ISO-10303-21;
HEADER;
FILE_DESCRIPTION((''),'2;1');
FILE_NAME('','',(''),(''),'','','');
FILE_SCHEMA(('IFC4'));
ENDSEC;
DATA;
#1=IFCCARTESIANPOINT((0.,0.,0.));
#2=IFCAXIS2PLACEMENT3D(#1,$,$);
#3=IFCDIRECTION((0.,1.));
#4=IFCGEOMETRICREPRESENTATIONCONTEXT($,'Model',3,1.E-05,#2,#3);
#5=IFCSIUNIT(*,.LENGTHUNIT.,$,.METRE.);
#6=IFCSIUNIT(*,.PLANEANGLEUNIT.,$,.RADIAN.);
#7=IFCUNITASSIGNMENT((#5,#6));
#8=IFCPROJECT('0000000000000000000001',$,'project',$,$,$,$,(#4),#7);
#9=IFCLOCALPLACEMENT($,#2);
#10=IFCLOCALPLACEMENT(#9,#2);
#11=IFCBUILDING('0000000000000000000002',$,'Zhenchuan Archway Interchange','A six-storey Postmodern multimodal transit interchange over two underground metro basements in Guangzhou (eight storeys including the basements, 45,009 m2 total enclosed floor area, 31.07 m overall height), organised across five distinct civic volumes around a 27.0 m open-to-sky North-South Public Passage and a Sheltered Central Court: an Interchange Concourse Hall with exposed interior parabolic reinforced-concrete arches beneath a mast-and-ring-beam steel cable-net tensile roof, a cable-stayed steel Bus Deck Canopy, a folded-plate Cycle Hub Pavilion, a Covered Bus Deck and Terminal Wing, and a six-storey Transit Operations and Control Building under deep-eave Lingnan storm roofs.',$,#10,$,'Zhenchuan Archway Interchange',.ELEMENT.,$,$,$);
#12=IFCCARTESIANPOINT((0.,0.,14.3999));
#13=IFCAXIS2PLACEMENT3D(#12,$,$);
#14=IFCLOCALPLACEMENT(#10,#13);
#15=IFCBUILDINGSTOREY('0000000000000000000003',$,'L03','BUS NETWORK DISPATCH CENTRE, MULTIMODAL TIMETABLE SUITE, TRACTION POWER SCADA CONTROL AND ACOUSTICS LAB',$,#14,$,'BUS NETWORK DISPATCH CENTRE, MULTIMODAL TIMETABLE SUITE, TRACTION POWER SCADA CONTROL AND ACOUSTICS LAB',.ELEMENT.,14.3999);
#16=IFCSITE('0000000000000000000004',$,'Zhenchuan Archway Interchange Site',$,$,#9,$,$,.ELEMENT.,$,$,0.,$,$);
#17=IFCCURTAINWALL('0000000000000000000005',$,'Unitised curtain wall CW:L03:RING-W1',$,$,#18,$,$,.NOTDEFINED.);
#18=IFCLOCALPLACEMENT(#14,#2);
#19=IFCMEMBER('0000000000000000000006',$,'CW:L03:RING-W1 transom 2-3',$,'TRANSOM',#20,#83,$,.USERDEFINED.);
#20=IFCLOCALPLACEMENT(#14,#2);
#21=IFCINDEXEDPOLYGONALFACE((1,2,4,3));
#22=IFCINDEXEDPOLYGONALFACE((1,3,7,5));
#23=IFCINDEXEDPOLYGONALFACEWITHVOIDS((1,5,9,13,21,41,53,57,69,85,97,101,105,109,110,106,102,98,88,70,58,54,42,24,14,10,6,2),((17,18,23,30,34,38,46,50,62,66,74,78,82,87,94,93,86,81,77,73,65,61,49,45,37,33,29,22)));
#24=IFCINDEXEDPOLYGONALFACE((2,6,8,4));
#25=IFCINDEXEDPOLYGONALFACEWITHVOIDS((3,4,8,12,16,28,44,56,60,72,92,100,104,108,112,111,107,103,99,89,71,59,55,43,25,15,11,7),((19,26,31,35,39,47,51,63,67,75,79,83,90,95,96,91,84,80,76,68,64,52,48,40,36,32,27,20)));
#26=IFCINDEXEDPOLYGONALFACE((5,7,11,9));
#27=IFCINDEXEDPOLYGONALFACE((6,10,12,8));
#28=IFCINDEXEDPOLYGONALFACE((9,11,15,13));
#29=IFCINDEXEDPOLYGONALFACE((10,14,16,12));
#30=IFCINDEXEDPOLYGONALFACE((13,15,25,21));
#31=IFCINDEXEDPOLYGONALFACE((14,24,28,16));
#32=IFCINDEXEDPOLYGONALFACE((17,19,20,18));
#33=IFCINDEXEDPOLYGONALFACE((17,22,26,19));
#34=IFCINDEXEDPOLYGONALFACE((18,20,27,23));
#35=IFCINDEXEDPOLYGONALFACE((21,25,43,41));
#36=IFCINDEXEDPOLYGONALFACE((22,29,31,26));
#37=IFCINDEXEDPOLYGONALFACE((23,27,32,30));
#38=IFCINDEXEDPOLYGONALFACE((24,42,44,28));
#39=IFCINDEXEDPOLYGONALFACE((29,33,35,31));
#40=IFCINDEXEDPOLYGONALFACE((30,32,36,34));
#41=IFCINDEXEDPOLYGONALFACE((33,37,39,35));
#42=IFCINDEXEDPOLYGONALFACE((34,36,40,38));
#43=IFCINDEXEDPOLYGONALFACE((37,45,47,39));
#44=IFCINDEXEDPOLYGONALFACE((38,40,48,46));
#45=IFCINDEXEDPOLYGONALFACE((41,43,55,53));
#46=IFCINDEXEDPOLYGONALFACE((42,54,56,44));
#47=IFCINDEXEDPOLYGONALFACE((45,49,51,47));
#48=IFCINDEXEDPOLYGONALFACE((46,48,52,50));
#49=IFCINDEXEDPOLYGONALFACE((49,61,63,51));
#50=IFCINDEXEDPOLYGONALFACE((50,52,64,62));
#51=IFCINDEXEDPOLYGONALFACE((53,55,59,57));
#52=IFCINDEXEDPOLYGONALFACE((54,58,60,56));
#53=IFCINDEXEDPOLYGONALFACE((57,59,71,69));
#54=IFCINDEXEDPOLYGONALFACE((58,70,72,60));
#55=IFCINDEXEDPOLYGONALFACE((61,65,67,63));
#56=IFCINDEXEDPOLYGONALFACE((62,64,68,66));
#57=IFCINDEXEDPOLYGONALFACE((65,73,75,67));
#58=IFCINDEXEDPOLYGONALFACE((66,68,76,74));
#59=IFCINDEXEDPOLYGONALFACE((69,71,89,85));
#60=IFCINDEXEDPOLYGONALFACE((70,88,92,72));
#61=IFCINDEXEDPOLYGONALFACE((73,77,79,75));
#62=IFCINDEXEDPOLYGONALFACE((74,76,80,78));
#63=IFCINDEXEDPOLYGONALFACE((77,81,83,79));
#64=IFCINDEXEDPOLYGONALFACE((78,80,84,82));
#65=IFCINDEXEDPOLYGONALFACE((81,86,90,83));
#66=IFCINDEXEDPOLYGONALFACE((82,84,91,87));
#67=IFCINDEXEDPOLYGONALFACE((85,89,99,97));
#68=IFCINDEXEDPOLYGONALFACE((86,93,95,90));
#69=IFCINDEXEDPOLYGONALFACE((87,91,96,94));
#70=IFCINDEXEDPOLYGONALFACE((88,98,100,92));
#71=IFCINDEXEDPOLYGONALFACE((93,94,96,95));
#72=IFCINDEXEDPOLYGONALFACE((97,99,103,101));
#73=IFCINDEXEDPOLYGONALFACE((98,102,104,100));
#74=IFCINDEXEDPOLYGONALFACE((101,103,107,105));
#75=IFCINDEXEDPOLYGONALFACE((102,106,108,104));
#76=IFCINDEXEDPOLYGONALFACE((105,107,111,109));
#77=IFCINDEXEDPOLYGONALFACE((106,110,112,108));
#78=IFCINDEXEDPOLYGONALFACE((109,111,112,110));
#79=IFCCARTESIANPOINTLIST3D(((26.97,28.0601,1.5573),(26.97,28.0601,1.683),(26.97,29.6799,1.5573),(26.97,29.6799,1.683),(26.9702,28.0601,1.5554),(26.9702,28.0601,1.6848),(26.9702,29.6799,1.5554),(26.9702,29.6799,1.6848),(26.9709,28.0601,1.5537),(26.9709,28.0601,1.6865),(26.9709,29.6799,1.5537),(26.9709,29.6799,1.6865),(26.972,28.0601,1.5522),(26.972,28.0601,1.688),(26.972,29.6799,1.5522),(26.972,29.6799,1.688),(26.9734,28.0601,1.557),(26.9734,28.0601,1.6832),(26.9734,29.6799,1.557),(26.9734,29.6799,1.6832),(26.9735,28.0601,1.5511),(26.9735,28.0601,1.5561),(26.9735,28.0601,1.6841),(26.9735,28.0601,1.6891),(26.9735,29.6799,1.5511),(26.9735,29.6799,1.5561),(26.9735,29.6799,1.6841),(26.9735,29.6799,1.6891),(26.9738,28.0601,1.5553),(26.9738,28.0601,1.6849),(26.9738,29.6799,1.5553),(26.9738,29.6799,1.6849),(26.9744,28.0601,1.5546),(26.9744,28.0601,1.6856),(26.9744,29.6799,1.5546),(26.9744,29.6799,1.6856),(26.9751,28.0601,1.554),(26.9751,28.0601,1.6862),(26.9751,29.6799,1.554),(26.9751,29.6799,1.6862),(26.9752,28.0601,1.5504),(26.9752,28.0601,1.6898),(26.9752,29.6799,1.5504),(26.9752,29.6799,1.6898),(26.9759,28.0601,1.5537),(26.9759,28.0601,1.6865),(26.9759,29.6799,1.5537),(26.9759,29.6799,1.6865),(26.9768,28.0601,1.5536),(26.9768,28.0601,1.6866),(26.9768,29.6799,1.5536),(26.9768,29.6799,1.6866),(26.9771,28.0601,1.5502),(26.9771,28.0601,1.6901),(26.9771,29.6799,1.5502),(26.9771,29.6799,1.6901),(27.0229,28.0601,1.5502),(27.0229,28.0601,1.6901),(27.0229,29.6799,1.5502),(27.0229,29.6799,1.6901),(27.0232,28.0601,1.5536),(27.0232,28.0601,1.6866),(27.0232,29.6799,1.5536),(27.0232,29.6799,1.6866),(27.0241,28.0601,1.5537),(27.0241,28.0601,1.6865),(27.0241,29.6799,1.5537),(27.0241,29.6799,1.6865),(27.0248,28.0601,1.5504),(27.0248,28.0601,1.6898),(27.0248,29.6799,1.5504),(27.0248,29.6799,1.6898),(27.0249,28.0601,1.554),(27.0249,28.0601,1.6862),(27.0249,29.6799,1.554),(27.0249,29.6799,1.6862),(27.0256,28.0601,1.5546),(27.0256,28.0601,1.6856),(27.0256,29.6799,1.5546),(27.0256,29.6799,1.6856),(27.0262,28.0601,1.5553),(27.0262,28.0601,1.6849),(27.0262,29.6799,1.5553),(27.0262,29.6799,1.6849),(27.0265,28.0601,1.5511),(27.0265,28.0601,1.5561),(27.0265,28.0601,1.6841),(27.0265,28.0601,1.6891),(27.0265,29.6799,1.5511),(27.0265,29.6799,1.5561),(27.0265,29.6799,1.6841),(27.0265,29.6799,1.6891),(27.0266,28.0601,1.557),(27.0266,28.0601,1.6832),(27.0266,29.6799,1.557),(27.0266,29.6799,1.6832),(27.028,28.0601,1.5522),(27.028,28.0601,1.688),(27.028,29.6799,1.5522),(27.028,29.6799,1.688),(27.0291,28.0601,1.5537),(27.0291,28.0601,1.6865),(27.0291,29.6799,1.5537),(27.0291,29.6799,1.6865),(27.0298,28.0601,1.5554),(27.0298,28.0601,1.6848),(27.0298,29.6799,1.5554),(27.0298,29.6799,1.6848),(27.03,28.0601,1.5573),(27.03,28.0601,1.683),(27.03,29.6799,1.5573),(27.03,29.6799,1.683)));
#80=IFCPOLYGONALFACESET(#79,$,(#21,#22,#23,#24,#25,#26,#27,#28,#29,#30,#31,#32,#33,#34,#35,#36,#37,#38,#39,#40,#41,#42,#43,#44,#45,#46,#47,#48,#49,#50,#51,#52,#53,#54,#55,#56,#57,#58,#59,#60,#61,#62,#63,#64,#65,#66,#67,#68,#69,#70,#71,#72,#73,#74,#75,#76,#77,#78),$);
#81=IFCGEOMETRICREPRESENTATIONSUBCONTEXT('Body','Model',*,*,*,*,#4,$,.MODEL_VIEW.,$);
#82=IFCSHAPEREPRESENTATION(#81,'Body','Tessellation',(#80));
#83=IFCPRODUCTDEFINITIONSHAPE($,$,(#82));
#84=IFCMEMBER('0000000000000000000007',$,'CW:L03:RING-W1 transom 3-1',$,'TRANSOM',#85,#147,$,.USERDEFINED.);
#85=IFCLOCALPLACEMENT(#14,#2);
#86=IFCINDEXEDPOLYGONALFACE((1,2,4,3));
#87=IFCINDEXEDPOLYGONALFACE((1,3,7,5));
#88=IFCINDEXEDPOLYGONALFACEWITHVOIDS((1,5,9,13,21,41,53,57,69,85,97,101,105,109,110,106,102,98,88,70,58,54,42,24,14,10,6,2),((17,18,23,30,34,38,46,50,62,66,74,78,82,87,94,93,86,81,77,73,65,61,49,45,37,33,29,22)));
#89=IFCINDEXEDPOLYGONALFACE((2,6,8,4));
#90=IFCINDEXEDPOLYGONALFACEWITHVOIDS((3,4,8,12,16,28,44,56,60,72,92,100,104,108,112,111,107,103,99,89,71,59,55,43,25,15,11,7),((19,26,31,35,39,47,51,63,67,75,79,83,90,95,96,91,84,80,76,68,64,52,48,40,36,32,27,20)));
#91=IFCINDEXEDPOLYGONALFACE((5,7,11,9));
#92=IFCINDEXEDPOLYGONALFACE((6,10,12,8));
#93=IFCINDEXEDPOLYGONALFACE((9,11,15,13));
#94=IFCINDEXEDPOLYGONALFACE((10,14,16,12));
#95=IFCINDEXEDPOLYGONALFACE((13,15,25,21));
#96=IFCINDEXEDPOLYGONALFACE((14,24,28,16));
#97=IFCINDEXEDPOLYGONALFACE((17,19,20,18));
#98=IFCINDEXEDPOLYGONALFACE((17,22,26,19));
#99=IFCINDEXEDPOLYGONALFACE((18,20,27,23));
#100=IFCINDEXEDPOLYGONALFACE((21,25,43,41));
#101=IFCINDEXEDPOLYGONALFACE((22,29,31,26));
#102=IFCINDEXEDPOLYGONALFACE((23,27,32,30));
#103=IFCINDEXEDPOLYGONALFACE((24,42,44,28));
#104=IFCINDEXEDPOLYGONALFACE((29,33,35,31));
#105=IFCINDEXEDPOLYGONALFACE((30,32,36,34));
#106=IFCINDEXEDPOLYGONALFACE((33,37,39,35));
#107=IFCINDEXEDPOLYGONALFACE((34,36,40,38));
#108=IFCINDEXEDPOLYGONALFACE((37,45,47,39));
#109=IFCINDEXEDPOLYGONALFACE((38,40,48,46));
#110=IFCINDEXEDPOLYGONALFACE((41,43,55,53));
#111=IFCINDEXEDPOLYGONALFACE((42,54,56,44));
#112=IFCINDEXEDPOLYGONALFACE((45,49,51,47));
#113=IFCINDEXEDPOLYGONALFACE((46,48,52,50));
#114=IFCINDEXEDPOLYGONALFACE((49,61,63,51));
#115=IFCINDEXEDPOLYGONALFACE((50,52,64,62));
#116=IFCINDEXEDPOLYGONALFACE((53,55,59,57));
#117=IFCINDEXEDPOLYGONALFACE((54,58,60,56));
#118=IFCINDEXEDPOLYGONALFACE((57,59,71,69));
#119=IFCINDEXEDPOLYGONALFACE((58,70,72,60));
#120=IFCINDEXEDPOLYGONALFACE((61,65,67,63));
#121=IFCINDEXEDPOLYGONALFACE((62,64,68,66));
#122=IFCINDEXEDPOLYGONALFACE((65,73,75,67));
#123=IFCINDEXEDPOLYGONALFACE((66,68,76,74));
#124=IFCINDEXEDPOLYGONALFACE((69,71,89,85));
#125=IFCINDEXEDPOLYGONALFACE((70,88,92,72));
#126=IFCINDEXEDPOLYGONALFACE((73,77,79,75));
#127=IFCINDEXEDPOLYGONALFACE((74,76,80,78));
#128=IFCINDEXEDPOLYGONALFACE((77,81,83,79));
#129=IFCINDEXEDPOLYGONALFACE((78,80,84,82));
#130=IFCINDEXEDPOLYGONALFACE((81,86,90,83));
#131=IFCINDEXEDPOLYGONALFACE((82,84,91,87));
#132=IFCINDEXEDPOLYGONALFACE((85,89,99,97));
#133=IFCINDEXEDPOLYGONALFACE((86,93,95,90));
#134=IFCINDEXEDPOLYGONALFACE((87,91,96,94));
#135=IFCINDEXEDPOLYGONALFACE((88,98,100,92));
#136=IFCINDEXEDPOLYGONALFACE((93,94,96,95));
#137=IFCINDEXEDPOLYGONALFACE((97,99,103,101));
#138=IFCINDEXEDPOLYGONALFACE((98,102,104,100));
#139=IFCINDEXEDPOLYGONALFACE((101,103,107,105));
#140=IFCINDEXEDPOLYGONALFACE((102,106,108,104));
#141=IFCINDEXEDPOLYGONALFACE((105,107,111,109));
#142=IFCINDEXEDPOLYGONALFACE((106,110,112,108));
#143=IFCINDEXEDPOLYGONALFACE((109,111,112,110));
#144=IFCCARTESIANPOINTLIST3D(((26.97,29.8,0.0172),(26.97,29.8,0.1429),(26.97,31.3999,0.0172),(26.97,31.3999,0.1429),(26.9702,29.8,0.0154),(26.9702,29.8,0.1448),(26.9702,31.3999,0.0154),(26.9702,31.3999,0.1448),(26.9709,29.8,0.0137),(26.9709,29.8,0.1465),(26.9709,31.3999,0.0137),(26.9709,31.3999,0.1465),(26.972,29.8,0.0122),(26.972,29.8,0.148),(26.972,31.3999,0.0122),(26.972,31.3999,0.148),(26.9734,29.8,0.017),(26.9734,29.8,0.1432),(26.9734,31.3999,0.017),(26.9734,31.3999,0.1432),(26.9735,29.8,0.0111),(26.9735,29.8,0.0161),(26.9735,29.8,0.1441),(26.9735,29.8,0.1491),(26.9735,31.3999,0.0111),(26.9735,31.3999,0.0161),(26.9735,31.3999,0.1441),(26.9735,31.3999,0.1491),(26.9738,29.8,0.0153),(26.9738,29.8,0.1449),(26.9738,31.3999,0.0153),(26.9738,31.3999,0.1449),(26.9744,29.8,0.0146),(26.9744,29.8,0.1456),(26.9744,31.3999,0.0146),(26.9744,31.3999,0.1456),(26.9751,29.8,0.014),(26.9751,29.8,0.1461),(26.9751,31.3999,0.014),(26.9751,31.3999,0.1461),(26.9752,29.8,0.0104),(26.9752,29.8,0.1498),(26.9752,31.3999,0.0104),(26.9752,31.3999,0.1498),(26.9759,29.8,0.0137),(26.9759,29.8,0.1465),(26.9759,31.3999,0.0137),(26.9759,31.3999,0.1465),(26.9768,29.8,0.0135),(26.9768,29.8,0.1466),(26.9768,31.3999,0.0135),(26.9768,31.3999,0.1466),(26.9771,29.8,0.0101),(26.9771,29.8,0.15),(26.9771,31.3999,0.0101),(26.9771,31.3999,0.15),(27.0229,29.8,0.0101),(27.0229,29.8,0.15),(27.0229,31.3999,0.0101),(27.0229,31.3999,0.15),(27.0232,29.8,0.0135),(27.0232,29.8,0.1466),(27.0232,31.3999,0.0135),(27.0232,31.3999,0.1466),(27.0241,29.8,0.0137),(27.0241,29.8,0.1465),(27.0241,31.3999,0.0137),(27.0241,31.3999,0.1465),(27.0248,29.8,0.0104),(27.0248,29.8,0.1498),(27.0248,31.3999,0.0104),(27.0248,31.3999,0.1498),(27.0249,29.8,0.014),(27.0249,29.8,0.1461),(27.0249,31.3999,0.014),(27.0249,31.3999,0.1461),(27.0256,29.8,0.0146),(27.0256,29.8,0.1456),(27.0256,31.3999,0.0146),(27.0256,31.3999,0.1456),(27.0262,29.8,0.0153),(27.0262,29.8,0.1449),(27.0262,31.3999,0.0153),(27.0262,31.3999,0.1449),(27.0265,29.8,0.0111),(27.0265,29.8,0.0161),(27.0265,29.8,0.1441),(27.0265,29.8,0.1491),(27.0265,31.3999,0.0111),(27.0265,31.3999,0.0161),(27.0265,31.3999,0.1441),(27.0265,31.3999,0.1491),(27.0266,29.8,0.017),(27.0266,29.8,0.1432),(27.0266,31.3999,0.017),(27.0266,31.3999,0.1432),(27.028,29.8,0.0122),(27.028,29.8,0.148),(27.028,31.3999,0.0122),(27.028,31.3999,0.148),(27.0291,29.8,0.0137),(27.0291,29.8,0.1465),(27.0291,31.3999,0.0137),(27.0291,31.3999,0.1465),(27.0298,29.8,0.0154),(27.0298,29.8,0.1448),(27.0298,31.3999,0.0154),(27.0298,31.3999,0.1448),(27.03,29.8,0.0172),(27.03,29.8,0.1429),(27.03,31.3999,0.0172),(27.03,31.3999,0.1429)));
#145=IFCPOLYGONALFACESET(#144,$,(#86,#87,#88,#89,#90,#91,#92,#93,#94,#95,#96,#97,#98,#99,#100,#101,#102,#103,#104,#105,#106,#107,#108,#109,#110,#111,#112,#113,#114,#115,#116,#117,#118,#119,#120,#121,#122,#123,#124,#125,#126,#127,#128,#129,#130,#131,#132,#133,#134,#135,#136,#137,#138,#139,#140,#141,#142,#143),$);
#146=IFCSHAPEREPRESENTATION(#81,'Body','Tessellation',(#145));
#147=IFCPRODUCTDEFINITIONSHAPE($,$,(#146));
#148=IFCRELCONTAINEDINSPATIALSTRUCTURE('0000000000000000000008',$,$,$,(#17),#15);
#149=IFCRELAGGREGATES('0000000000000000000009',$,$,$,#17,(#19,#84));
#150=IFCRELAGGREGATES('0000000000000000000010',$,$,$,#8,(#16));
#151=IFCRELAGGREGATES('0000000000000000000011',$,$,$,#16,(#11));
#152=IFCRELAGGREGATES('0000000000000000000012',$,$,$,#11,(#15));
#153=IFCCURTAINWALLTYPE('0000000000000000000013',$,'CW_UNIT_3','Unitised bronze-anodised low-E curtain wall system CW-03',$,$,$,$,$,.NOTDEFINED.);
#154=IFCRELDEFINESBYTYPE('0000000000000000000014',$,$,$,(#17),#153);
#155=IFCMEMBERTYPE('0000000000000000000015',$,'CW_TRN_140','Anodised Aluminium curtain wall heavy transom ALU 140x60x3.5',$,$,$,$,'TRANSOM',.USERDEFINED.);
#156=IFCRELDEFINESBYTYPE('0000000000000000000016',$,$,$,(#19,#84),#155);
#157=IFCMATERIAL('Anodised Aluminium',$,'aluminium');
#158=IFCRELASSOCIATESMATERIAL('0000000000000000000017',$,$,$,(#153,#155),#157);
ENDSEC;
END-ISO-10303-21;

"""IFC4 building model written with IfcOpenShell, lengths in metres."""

from ifc_helpers import new_model, si_unit, direction, frame, origin, origin_2d, place, context, subcontext, project, spatial, hollow_rectangle, extrude, material, material_profile, profile_set, type_object, element, aggregate, save


model = new_model("IFC4")

# Units and contexts
model_context = context("Model", 3, precision=1e-05, world=origin(), true_north=direction((0.0, 1.0)))
body_context = subcontext(model_context, "Body", "Model", "MODEL_VIEW")
ifc_project = project(units=[si_unit("LENGTHUNIT", "METRE"), si_unit("PLANEANGLEUNIT", "RADIAN")], contexts=[model_context])

# Site, building, storey
site_placement = place(None, origin())
site = spatial("IfcSite", under=ifc_project, at=site_placement, Name="Zhenchuan Archway Interchange Site", CompositionType="ELEMENT", RefElevation=0.0)
building_placement = place(site_placement, origin())
building = spatial("IfcBuilding", under=site, at=building_placement, Name="Zhenchuan Archway Interchange", Description="A six-storey Postmodern multimodal transit interchange over two underground metro basements in Guangzhou (eight storeys including the basements, 45,009 m2 total enclosed floor area, 31.07 m overall height), organised across five distinct civic volumes around a 27.0 m open-to-sky North-South Public Passage and a Sheltered Central Court: an Interchange Concourse Hall with exposed interior parabolic reinforced-concrete arches beneath a mast-and-ring-beam steel cable-net tensile roof, a cable-stayed steel Bus Deck Canopy, a folded-plate Cycle Hub Pavilion, a Covered Bus Deck and Terminal Wing, and a six-storey Transit Operations and Control Building under deep-eave Lingnan storm roofs.", LongName="Zhenchuan Archway Interchange", CompositionType="ELEMENT")
storey_placement = place(building_placement, frame((0.0, 0.0, 14.3999)))
storey = spatial("IfcBuildingStorey", under=building, at=storey_placement, Name="L03", Description="BUS NETWORK DISPATCH CENTRE, MULTIMODAL TIMETABLE SUITE, TRACTION POWER SCADA CONTROL AND ACOUSTICS LAB", LongName="BUS NETWORK DISPATCH CENTRE, MULTIMODAL TIMETABLE SUITE, TRACTION POWER SCADA CONTROL AND ACOUSTICS LAB", CompositionType="ELEMENT", Elevation=14.3999)

# Curtain wall
ifc_material_1 = material(Name="Anodised Aluminium", Category="aluminium")
curtain_wall_type_1 = type_object("IfcCurtainWallType", Name="CW_UNIT_3", Description="Unitised bronze-anodised low-E curtain wall system CW-03", PredefinedType="NOTDEFINED", material=ifc_material_1)
curtain_wall_1_placement = place(storey_placement, origin())
curtain_wall_1 = element("IfcCurtainWall", 1, at=curtain_wall_1_placement, inside=storey, type_object=curtain_wall_type_1, Name="Unitised curtain wall CW:L03:RING-W1", PredefinedType="NOTDEFINED")

# Members
ifc_material_profile_1 = material_profile(ifc_material_1, hollow_rectangle(XDim=0.0601, YDim=0.1399, WallThickness=0.0034, InnerFilletRadius=0.0034, OuterFilletRadius=0.0071, at=origin_2d()), Name="ALU 140x60x3.5")
ifc_profile_set_1 = profile_set([ifc_material_profile_1], Name="Anodised Aluminium")
member_type_1 = type_object("IfcMemberType", Name="CW_TRN_140", Description="Anodised Aluminium curtain wall heavy transom ALU 140x60x3.5", ElementType="TRANSOM", PredefinedType="USERDEFINED", material=ifc_profile_set_1)
member_1_placement = place(storey_placement, frame((27.0, 28.0601, 1.6201), z_axis=(0.0, 1.0, 0.0), x_axis=(-1.0, 0.0, 0.0)))
member_1 = element("IfcMember", 2, at=member_1_placement, type_object=member_type_1, Name="CW:L03:RING-W1 transom 2-3", ObjectType="TRANSOM", PredefinedType="USERDEFINED", context=body_context, shape_type="SweptSolid", body=[
    extrude(hollow_rectangle(XDim=0.0601, YDim=0.1399, WallThickness=0.0034, InnerFilletRadius=0.0034, OuterFilletRadius=0.0071, at=origin_2d()), origin(), (0.0, 0.0, 1.0), 1.6199),
])
member_2_placement = place(storey_placement, frame((27.0, 29.8, 0.0801), z_axis=(0.0, 1.0, 0.0), x_axis=(-1.0, 0.0, 0.0)))
member_2 = element("IfcMember", 3, at=member_2_placement, type_object=member_type_1, Name="CW:L03:RING-W1 transom 3-1", ObjectType="TRANSOM", PredefinedType="USERDEFINED", context=body_context, shape_type="SweptSolid", body=[
    extrude(hollow_rectangle(XDim=0.0601, YDim=0.1399, WallThickness=0.0034, InnerFilletRadius=0.0034, OuterFilletRadius=0.0071, at=origin_2d()), origin(), (0.0, 0.0, 1.0), 1.5999),
])

aggregate(curtain_wall_1, [member_1, member_2])

save(model, "model.ifc")
